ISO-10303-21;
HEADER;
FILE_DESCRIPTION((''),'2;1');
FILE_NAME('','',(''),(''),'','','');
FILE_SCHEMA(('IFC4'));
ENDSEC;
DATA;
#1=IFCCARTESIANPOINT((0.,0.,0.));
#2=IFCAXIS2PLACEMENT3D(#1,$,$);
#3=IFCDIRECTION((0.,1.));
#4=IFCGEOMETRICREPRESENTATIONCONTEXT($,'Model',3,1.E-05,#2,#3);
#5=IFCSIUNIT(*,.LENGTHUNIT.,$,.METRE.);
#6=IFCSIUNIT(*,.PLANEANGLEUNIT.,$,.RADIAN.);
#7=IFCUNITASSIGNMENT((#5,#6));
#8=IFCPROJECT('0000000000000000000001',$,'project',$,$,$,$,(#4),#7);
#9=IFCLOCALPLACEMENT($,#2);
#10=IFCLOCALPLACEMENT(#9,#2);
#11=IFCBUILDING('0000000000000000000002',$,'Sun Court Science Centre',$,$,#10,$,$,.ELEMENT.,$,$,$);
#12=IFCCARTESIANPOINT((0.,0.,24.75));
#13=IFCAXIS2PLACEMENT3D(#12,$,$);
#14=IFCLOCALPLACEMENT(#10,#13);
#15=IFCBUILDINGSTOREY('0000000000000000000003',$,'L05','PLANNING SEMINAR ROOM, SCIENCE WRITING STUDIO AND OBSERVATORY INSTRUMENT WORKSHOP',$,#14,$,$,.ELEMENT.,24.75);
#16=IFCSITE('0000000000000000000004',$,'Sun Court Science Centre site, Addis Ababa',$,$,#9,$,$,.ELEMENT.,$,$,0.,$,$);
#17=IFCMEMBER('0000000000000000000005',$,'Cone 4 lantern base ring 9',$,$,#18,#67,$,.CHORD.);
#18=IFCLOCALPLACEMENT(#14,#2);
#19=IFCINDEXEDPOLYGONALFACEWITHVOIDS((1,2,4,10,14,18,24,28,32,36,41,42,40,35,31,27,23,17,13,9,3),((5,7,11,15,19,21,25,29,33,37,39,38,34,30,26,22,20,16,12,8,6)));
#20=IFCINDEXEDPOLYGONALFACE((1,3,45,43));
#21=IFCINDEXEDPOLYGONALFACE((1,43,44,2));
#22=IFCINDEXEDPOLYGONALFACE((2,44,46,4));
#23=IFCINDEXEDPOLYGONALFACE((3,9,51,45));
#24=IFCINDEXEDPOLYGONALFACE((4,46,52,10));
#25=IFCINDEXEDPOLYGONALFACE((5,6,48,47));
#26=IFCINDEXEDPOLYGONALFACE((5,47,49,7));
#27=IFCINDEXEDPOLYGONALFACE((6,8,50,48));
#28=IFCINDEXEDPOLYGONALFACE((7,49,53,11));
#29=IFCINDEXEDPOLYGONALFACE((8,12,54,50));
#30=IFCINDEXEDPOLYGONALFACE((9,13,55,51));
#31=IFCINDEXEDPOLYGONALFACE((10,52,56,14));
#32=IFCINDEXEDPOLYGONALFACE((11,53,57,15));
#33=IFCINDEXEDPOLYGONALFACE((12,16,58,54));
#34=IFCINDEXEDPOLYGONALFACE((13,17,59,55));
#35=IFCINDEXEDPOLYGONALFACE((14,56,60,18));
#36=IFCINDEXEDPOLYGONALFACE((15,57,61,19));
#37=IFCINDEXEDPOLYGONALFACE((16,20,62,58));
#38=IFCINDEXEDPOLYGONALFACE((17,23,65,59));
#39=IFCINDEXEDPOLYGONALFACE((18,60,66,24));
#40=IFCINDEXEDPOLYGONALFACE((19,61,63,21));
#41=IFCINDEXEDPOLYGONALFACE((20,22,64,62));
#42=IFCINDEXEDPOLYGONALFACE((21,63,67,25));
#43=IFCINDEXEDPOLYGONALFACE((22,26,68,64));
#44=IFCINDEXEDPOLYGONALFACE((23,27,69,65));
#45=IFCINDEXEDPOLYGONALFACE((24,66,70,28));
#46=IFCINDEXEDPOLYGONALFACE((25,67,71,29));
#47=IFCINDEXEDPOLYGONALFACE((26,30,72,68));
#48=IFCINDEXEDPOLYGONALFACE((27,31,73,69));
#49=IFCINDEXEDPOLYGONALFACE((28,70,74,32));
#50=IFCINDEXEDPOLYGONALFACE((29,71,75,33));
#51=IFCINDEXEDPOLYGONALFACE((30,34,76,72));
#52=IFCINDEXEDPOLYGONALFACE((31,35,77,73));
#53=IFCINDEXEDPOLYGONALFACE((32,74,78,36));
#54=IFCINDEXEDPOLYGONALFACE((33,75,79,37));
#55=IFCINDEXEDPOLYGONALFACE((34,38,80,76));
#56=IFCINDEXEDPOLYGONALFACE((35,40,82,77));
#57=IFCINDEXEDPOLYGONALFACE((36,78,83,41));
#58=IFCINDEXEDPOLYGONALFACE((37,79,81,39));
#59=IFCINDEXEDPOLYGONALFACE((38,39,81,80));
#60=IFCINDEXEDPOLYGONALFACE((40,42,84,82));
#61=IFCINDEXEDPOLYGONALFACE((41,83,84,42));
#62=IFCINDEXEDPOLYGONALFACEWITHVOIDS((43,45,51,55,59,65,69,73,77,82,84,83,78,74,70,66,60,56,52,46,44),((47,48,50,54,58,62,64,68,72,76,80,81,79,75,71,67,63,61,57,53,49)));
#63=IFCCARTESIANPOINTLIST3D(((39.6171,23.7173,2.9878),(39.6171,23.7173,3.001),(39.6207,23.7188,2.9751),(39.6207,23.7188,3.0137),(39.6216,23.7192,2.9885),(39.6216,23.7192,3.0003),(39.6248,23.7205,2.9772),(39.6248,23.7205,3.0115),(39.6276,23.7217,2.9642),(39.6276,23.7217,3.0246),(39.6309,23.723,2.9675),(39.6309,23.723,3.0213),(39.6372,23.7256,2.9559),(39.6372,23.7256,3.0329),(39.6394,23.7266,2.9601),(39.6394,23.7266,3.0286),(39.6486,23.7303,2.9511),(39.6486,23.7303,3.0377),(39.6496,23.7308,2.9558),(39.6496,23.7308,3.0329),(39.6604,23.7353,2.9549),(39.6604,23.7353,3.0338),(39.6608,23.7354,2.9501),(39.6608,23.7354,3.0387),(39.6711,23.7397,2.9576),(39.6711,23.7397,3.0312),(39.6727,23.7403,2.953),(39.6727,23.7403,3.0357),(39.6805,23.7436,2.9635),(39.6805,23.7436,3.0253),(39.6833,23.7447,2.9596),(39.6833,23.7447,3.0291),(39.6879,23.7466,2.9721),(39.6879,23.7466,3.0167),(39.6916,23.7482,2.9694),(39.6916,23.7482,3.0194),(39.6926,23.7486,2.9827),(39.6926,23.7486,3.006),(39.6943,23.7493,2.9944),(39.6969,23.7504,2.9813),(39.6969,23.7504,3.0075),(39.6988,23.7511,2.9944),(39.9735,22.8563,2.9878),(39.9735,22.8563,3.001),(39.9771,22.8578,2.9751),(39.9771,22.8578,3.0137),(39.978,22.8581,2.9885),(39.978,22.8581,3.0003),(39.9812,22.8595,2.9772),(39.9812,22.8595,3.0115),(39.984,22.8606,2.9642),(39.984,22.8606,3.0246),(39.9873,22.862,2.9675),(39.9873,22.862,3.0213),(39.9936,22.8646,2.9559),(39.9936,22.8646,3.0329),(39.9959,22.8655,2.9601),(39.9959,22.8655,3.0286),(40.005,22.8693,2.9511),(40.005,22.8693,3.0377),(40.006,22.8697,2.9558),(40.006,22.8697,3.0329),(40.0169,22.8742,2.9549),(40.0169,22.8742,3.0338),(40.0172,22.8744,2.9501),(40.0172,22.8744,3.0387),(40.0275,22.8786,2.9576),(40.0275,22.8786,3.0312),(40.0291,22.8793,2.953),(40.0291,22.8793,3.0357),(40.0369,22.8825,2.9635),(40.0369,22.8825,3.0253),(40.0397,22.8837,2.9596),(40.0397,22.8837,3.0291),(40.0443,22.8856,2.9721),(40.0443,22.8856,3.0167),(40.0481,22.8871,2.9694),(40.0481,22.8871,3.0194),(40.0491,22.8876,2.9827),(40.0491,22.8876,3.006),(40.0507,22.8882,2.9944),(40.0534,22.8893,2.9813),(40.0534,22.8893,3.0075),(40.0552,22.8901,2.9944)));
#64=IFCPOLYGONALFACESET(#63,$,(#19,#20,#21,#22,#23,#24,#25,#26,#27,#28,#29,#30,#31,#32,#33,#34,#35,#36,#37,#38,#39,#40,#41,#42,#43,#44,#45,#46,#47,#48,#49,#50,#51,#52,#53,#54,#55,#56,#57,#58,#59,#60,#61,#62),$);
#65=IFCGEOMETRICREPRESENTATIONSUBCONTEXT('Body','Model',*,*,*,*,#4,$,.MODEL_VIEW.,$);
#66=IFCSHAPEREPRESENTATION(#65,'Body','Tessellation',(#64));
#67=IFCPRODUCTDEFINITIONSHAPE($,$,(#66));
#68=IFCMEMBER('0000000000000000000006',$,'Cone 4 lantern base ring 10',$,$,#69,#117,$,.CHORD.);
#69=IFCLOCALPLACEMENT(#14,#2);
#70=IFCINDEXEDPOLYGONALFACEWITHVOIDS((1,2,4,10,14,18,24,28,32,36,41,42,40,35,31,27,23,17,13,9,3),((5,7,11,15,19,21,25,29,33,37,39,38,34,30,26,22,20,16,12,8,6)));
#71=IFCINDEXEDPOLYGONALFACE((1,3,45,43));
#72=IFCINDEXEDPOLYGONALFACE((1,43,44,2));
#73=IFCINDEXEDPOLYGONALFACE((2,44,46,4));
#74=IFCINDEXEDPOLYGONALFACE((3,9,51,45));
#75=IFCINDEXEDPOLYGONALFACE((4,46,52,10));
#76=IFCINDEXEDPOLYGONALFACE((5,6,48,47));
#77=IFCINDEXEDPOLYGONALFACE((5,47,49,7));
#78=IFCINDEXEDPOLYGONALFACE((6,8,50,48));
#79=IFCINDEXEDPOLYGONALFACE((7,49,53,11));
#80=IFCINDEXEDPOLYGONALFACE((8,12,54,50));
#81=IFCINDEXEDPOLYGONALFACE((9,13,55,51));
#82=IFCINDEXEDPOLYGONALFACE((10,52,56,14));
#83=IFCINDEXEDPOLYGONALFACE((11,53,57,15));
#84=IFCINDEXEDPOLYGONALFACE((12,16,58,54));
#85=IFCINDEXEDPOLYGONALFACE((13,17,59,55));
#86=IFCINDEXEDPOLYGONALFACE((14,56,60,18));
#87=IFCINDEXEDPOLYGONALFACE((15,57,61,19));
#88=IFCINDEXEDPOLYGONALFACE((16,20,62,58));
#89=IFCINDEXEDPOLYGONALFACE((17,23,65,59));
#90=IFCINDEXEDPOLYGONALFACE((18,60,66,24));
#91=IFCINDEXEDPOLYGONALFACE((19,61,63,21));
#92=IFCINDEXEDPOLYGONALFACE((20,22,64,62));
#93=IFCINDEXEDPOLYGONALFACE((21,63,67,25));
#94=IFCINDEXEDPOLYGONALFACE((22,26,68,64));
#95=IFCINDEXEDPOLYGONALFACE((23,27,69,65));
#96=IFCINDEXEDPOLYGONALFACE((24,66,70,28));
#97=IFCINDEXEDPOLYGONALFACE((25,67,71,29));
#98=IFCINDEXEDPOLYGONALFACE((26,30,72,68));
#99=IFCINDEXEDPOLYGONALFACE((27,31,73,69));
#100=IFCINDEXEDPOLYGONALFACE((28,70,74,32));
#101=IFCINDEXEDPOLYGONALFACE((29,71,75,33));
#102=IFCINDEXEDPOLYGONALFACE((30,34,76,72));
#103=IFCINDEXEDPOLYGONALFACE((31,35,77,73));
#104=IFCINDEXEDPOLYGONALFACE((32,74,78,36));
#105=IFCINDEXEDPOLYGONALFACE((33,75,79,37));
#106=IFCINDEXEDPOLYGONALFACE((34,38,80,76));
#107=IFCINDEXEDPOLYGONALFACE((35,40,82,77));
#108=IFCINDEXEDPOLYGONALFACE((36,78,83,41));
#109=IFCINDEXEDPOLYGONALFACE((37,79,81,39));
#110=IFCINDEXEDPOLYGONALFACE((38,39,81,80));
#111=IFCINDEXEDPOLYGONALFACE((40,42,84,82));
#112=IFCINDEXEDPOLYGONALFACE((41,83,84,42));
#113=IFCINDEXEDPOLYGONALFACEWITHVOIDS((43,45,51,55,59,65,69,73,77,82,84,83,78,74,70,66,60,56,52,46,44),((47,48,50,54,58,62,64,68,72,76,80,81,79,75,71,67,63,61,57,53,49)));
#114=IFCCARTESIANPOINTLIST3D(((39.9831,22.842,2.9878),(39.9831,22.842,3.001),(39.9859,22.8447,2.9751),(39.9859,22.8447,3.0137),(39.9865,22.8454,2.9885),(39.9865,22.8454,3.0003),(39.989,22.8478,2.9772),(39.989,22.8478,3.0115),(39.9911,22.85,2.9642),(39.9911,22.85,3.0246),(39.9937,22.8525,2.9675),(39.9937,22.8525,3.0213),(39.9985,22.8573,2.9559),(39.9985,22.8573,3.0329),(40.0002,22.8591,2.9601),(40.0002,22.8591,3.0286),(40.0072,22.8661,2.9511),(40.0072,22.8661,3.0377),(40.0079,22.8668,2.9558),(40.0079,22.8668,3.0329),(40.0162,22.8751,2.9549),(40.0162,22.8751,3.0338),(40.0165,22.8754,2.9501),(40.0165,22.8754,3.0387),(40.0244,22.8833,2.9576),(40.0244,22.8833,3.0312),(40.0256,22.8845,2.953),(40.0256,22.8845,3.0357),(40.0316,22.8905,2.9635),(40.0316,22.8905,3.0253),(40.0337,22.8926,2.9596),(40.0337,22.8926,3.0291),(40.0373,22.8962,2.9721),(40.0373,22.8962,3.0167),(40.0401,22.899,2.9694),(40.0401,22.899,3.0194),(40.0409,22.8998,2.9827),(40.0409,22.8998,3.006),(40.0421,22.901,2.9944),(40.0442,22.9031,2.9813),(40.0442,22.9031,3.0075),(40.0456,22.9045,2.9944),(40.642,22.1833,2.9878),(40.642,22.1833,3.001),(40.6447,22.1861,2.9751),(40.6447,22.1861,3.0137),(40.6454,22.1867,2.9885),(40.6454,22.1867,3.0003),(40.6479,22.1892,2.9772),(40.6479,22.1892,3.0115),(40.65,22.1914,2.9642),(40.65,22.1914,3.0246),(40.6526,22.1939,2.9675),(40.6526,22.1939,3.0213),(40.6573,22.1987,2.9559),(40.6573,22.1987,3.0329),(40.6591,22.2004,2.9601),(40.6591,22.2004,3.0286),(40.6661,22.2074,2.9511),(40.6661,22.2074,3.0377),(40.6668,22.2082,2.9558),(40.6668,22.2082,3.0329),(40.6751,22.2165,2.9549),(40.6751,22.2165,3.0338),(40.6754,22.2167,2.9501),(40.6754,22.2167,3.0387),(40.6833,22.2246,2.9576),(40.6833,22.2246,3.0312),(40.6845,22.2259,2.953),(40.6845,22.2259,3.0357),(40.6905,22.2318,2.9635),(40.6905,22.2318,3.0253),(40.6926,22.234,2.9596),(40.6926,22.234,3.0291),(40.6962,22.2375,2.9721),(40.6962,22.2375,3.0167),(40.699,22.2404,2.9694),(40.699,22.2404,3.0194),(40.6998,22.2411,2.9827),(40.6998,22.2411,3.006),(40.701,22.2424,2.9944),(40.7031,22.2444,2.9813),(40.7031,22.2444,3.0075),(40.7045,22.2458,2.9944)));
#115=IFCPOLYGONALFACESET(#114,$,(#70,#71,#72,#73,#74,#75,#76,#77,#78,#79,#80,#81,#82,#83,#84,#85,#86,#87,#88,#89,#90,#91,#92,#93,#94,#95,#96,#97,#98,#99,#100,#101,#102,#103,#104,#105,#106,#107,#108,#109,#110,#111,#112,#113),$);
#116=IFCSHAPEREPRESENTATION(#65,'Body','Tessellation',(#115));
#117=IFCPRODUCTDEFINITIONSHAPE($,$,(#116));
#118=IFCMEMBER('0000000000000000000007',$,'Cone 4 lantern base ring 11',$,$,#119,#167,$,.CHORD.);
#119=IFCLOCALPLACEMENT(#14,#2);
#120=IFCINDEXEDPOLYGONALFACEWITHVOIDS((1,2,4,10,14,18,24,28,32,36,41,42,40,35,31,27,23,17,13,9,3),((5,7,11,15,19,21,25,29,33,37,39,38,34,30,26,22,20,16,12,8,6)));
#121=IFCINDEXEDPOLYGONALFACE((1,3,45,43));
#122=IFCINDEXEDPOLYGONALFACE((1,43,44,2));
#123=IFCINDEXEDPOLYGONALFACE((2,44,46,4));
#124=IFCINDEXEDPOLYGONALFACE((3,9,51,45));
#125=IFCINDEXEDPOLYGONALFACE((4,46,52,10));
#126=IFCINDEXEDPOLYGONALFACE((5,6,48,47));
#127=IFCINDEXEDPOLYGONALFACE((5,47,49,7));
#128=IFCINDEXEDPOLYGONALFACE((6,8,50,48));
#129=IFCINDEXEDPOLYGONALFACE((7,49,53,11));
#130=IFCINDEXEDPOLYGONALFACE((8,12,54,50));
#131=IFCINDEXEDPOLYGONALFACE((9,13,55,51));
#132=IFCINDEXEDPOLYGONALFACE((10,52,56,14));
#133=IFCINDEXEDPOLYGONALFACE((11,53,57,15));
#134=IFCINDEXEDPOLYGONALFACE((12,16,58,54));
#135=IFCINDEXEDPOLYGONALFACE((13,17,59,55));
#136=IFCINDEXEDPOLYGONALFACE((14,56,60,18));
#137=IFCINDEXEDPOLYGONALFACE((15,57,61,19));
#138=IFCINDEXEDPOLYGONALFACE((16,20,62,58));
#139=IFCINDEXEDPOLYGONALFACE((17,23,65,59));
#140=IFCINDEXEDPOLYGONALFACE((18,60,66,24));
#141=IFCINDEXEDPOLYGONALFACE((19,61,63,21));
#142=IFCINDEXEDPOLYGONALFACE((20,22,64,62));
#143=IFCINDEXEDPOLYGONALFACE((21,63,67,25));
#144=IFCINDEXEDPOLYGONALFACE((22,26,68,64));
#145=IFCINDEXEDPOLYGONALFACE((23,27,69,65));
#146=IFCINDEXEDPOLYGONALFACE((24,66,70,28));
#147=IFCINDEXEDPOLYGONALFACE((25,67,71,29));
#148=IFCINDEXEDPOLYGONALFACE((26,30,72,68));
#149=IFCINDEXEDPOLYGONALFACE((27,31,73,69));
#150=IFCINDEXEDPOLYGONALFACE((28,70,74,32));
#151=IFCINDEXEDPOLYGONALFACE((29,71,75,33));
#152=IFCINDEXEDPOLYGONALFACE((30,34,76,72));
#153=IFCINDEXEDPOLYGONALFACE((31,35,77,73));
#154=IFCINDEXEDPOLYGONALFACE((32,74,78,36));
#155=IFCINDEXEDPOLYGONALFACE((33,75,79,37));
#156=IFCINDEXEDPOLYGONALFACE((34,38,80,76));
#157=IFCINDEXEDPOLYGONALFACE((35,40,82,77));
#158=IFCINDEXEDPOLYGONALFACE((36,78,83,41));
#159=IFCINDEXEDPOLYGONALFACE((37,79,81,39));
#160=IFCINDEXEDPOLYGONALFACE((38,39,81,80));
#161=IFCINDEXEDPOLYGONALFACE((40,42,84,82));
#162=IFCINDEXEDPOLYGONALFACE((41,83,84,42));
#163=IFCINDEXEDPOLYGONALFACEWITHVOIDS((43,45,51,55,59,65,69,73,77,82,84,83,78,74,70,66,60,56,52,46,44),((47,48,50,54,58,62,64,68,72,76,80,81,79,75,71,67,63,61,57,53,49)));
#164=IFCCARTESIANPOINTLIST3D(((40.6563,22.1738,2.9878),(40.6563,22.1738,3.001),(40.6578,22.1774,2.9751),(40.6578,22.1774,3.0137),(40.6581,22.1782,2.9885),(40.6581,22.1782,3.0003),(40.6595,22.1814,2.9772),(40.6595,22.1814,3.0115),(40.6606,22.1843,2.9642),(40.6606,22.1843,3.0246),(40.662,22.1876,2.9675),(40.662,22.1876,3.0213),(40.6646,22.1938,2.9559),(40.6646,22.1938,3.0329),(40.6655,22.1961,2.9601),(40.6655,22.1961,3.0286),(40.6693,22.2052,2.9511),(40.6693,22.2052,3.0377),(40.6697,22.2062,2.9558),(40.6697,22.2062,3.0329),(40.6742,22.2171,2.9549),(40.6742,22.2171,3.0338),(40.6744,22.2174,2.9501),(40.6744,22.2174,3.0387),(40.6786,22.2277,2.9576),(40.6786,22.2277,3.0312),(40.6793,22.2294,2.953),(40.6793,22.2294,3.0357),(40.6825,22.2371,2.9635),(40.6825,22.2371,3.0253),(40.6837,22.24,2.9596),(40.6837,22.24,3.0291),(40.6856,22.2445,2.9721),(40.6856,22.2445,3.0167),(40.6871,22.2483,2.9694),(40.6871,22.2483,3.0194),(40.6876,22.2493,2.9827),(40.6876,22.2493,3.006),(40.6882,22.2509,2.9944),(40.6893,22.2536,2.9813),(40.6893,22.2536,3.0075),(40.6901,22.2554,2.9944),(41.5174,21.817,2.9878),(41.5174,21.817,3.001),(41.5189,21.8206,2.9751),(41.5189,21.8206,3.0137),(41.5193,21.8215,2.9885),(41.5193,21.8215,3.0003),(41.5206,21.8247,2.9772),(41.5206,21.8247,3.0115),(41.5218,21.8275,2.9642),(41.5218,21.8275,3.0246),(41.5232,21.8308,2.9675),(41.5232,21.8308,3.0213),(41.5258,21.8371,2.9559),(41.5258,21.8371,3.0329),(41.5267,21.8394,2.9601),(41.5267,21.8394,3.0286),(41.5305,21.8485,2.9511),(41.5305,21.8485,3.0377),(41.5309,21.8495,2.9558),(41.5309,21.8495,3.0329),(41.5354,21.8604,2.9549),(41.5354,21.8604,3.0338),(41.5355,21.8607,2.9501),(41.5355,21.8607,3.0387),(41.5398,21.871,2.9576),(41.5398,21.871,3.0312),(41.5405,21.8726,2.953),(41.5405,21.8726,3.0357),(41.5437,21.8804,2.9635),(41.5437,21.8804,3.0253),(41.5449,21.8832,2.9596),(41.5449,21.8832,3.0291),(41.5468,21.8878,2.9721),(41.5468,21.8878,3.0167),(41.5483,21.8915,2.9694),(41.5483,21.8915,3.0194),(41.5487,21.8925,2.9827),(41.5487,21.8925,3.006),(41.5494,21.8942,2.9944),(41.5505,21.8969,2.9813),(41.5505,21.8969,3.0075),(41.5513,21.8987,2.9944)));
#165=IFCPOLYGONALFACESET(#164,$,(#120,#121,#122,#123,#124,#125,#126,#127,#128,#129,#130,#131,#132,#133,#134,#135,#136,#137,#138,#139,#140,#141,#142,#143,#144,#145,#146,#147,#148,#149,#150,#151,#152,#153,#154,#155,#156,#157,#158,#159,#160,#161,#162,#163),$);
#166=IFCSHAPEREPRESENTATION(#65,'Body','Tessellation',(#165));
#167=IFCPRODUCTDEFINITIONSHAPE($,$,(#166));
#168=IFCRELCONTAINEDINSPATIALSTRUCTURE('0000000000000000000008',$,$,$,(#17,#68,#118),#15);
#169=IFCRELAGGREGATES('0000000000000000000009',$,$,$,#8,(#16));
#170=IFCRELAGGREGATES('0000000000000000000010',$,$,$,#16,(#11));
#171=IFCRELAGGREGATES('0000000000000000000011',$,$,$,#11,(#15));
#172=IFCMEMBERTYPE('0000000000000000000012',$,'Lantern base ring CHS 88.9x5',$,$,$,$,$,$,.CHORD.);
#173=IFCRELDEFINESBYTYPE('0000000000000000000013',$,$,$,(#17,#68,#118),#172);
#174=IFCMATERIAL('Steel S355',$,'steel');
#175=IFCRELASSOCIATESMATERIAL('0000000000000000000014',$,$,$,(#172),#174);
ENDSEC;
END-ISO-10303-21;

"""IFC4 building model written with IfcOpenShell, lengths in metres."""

from ifc_helpers import new_model, si_unit, direction, frame, origin, origin_2d, place, context, subcontext, project, spatial, hollow_circle, extrude, material, material_profile, profile_set, type_object, element, save


model = new_model("IFC4")

# Units and contexts
model_context = context("Model", 3, precision=1e-05, world=origin(), true_north=direction((0.0, 1.0)))
body_context = subcontext(model_context, "Body", "Model", "MODEL_VIEW")
ifc_project = project(units=[si_unit("LENGTHUNIT", "METRE"), si_unit("PLANEANGLEUNIT", "RADIAN")], contexts=[model_context])

# Site, building, storey
site_placement = place(None, origin())
site = spatial("IfcSite", under=ifc_project, at=site_placement, Name="Sun Court Science Centre site, Addis Ababa", CompositionType="ELEMENT", RefElevation=0.0)
building_placement = place(site_placement, origin())
building = spatial("IfcBuilding", under=site, at=building_placement, Name="Sun Court Science Centre", CompositionType="ELEMENT")
storey_placement = place(building_placement, frame((0.0, 0.0, 24.75)))
storey = spatial("IfcBuildingStorey", under=building, at=storey_placement, Name="L05", Description="PLANNING SEMINAR ROOM, SCIENCE WRITING STUDIO AND OBSERVATORY INSTRUMENT WORKSHOP", CompositionType="ELEMENT", Elevation=24.75)

# Members
ifc_material_1 = material(Name="Steel S355", Category="steel")
ifc_material_profile_1 = material_profile(ifc_material_1, hollow_circle(Radius=0.0444, WallThickness=0.0049, at=origin_2d()), Name="CHS 88.9x5")
ifc_profile_set_1 = profile_set([ifc_material_profile_1], Name="Steel S355")
member_type_1 = type_object("IfcMemberType", Name="Lantern base ring CHS 88.9x5", PredefinedType="CHORD", material=ifc_profile_set_1)
member_1_placement = place(storey_placement, frame((39.6577, 23.7341, 2.9944), z_axis=(0.382475, -0.923966, 0.0), x_axis=(0.923966, 0.382475, 0.0)))
element("IfcMember", 1, at=member_1_placement, inside=storey, type_object=member_type_1, Name="Cone 4 lantern base ring 9", PredefinedType="CHORD", context=body_context, shape_type="SweptSolid", body=[
    extrude(hollow_circle(Radius=0.0444, WallThickness=0.0049, at=origin_2d()), origin(), (0.0, 0.0, 1.0), 0.9319),
])
member_2_placement = place(storey_placement, frame((40.0142, 22.873, 2.9944), z_axis=(0.707238, -0.706976, 0.0), x_axis=(0.706976, 0.707238, 0.0)))
element("IfcMember", 2, at=member_2_placement, inside=storey, type_object=member_type_1, Name="Cone 4 lantern base ring 10", PredefinedType="CHORD", context=body_context, shape_type="SweptSolid", body=[
    extrude(hollow_circle(Radius=0.0444, WallThickness=0.0049, at=origin_2d()), origin(), (0.0, 0.0, 1.0), 0.9316),
])
member_3_placement = place(storey_placement, frame((40.6731, 22.2144, 2.9944), z_axis=(0.923873, -0.382699, 0.0), x_axis=(0.382699, 0.923873, 0.0)))
element("IfcMember", 3, at=member_3_placement, inside=storey, type_object=member_type_1, Name="Cone 4 lantern base ring 11", PredefinedType="CHORD", context=body_context, shape_type="SweptSolid", body=[
    extrude(hollow_circle(Radius=0.0444, WallThickness=0.0049, at=origin_2d()), origin(), (0.0, 0.0, 1.0), 0.9321),
])

save(model, "model.ifc")
